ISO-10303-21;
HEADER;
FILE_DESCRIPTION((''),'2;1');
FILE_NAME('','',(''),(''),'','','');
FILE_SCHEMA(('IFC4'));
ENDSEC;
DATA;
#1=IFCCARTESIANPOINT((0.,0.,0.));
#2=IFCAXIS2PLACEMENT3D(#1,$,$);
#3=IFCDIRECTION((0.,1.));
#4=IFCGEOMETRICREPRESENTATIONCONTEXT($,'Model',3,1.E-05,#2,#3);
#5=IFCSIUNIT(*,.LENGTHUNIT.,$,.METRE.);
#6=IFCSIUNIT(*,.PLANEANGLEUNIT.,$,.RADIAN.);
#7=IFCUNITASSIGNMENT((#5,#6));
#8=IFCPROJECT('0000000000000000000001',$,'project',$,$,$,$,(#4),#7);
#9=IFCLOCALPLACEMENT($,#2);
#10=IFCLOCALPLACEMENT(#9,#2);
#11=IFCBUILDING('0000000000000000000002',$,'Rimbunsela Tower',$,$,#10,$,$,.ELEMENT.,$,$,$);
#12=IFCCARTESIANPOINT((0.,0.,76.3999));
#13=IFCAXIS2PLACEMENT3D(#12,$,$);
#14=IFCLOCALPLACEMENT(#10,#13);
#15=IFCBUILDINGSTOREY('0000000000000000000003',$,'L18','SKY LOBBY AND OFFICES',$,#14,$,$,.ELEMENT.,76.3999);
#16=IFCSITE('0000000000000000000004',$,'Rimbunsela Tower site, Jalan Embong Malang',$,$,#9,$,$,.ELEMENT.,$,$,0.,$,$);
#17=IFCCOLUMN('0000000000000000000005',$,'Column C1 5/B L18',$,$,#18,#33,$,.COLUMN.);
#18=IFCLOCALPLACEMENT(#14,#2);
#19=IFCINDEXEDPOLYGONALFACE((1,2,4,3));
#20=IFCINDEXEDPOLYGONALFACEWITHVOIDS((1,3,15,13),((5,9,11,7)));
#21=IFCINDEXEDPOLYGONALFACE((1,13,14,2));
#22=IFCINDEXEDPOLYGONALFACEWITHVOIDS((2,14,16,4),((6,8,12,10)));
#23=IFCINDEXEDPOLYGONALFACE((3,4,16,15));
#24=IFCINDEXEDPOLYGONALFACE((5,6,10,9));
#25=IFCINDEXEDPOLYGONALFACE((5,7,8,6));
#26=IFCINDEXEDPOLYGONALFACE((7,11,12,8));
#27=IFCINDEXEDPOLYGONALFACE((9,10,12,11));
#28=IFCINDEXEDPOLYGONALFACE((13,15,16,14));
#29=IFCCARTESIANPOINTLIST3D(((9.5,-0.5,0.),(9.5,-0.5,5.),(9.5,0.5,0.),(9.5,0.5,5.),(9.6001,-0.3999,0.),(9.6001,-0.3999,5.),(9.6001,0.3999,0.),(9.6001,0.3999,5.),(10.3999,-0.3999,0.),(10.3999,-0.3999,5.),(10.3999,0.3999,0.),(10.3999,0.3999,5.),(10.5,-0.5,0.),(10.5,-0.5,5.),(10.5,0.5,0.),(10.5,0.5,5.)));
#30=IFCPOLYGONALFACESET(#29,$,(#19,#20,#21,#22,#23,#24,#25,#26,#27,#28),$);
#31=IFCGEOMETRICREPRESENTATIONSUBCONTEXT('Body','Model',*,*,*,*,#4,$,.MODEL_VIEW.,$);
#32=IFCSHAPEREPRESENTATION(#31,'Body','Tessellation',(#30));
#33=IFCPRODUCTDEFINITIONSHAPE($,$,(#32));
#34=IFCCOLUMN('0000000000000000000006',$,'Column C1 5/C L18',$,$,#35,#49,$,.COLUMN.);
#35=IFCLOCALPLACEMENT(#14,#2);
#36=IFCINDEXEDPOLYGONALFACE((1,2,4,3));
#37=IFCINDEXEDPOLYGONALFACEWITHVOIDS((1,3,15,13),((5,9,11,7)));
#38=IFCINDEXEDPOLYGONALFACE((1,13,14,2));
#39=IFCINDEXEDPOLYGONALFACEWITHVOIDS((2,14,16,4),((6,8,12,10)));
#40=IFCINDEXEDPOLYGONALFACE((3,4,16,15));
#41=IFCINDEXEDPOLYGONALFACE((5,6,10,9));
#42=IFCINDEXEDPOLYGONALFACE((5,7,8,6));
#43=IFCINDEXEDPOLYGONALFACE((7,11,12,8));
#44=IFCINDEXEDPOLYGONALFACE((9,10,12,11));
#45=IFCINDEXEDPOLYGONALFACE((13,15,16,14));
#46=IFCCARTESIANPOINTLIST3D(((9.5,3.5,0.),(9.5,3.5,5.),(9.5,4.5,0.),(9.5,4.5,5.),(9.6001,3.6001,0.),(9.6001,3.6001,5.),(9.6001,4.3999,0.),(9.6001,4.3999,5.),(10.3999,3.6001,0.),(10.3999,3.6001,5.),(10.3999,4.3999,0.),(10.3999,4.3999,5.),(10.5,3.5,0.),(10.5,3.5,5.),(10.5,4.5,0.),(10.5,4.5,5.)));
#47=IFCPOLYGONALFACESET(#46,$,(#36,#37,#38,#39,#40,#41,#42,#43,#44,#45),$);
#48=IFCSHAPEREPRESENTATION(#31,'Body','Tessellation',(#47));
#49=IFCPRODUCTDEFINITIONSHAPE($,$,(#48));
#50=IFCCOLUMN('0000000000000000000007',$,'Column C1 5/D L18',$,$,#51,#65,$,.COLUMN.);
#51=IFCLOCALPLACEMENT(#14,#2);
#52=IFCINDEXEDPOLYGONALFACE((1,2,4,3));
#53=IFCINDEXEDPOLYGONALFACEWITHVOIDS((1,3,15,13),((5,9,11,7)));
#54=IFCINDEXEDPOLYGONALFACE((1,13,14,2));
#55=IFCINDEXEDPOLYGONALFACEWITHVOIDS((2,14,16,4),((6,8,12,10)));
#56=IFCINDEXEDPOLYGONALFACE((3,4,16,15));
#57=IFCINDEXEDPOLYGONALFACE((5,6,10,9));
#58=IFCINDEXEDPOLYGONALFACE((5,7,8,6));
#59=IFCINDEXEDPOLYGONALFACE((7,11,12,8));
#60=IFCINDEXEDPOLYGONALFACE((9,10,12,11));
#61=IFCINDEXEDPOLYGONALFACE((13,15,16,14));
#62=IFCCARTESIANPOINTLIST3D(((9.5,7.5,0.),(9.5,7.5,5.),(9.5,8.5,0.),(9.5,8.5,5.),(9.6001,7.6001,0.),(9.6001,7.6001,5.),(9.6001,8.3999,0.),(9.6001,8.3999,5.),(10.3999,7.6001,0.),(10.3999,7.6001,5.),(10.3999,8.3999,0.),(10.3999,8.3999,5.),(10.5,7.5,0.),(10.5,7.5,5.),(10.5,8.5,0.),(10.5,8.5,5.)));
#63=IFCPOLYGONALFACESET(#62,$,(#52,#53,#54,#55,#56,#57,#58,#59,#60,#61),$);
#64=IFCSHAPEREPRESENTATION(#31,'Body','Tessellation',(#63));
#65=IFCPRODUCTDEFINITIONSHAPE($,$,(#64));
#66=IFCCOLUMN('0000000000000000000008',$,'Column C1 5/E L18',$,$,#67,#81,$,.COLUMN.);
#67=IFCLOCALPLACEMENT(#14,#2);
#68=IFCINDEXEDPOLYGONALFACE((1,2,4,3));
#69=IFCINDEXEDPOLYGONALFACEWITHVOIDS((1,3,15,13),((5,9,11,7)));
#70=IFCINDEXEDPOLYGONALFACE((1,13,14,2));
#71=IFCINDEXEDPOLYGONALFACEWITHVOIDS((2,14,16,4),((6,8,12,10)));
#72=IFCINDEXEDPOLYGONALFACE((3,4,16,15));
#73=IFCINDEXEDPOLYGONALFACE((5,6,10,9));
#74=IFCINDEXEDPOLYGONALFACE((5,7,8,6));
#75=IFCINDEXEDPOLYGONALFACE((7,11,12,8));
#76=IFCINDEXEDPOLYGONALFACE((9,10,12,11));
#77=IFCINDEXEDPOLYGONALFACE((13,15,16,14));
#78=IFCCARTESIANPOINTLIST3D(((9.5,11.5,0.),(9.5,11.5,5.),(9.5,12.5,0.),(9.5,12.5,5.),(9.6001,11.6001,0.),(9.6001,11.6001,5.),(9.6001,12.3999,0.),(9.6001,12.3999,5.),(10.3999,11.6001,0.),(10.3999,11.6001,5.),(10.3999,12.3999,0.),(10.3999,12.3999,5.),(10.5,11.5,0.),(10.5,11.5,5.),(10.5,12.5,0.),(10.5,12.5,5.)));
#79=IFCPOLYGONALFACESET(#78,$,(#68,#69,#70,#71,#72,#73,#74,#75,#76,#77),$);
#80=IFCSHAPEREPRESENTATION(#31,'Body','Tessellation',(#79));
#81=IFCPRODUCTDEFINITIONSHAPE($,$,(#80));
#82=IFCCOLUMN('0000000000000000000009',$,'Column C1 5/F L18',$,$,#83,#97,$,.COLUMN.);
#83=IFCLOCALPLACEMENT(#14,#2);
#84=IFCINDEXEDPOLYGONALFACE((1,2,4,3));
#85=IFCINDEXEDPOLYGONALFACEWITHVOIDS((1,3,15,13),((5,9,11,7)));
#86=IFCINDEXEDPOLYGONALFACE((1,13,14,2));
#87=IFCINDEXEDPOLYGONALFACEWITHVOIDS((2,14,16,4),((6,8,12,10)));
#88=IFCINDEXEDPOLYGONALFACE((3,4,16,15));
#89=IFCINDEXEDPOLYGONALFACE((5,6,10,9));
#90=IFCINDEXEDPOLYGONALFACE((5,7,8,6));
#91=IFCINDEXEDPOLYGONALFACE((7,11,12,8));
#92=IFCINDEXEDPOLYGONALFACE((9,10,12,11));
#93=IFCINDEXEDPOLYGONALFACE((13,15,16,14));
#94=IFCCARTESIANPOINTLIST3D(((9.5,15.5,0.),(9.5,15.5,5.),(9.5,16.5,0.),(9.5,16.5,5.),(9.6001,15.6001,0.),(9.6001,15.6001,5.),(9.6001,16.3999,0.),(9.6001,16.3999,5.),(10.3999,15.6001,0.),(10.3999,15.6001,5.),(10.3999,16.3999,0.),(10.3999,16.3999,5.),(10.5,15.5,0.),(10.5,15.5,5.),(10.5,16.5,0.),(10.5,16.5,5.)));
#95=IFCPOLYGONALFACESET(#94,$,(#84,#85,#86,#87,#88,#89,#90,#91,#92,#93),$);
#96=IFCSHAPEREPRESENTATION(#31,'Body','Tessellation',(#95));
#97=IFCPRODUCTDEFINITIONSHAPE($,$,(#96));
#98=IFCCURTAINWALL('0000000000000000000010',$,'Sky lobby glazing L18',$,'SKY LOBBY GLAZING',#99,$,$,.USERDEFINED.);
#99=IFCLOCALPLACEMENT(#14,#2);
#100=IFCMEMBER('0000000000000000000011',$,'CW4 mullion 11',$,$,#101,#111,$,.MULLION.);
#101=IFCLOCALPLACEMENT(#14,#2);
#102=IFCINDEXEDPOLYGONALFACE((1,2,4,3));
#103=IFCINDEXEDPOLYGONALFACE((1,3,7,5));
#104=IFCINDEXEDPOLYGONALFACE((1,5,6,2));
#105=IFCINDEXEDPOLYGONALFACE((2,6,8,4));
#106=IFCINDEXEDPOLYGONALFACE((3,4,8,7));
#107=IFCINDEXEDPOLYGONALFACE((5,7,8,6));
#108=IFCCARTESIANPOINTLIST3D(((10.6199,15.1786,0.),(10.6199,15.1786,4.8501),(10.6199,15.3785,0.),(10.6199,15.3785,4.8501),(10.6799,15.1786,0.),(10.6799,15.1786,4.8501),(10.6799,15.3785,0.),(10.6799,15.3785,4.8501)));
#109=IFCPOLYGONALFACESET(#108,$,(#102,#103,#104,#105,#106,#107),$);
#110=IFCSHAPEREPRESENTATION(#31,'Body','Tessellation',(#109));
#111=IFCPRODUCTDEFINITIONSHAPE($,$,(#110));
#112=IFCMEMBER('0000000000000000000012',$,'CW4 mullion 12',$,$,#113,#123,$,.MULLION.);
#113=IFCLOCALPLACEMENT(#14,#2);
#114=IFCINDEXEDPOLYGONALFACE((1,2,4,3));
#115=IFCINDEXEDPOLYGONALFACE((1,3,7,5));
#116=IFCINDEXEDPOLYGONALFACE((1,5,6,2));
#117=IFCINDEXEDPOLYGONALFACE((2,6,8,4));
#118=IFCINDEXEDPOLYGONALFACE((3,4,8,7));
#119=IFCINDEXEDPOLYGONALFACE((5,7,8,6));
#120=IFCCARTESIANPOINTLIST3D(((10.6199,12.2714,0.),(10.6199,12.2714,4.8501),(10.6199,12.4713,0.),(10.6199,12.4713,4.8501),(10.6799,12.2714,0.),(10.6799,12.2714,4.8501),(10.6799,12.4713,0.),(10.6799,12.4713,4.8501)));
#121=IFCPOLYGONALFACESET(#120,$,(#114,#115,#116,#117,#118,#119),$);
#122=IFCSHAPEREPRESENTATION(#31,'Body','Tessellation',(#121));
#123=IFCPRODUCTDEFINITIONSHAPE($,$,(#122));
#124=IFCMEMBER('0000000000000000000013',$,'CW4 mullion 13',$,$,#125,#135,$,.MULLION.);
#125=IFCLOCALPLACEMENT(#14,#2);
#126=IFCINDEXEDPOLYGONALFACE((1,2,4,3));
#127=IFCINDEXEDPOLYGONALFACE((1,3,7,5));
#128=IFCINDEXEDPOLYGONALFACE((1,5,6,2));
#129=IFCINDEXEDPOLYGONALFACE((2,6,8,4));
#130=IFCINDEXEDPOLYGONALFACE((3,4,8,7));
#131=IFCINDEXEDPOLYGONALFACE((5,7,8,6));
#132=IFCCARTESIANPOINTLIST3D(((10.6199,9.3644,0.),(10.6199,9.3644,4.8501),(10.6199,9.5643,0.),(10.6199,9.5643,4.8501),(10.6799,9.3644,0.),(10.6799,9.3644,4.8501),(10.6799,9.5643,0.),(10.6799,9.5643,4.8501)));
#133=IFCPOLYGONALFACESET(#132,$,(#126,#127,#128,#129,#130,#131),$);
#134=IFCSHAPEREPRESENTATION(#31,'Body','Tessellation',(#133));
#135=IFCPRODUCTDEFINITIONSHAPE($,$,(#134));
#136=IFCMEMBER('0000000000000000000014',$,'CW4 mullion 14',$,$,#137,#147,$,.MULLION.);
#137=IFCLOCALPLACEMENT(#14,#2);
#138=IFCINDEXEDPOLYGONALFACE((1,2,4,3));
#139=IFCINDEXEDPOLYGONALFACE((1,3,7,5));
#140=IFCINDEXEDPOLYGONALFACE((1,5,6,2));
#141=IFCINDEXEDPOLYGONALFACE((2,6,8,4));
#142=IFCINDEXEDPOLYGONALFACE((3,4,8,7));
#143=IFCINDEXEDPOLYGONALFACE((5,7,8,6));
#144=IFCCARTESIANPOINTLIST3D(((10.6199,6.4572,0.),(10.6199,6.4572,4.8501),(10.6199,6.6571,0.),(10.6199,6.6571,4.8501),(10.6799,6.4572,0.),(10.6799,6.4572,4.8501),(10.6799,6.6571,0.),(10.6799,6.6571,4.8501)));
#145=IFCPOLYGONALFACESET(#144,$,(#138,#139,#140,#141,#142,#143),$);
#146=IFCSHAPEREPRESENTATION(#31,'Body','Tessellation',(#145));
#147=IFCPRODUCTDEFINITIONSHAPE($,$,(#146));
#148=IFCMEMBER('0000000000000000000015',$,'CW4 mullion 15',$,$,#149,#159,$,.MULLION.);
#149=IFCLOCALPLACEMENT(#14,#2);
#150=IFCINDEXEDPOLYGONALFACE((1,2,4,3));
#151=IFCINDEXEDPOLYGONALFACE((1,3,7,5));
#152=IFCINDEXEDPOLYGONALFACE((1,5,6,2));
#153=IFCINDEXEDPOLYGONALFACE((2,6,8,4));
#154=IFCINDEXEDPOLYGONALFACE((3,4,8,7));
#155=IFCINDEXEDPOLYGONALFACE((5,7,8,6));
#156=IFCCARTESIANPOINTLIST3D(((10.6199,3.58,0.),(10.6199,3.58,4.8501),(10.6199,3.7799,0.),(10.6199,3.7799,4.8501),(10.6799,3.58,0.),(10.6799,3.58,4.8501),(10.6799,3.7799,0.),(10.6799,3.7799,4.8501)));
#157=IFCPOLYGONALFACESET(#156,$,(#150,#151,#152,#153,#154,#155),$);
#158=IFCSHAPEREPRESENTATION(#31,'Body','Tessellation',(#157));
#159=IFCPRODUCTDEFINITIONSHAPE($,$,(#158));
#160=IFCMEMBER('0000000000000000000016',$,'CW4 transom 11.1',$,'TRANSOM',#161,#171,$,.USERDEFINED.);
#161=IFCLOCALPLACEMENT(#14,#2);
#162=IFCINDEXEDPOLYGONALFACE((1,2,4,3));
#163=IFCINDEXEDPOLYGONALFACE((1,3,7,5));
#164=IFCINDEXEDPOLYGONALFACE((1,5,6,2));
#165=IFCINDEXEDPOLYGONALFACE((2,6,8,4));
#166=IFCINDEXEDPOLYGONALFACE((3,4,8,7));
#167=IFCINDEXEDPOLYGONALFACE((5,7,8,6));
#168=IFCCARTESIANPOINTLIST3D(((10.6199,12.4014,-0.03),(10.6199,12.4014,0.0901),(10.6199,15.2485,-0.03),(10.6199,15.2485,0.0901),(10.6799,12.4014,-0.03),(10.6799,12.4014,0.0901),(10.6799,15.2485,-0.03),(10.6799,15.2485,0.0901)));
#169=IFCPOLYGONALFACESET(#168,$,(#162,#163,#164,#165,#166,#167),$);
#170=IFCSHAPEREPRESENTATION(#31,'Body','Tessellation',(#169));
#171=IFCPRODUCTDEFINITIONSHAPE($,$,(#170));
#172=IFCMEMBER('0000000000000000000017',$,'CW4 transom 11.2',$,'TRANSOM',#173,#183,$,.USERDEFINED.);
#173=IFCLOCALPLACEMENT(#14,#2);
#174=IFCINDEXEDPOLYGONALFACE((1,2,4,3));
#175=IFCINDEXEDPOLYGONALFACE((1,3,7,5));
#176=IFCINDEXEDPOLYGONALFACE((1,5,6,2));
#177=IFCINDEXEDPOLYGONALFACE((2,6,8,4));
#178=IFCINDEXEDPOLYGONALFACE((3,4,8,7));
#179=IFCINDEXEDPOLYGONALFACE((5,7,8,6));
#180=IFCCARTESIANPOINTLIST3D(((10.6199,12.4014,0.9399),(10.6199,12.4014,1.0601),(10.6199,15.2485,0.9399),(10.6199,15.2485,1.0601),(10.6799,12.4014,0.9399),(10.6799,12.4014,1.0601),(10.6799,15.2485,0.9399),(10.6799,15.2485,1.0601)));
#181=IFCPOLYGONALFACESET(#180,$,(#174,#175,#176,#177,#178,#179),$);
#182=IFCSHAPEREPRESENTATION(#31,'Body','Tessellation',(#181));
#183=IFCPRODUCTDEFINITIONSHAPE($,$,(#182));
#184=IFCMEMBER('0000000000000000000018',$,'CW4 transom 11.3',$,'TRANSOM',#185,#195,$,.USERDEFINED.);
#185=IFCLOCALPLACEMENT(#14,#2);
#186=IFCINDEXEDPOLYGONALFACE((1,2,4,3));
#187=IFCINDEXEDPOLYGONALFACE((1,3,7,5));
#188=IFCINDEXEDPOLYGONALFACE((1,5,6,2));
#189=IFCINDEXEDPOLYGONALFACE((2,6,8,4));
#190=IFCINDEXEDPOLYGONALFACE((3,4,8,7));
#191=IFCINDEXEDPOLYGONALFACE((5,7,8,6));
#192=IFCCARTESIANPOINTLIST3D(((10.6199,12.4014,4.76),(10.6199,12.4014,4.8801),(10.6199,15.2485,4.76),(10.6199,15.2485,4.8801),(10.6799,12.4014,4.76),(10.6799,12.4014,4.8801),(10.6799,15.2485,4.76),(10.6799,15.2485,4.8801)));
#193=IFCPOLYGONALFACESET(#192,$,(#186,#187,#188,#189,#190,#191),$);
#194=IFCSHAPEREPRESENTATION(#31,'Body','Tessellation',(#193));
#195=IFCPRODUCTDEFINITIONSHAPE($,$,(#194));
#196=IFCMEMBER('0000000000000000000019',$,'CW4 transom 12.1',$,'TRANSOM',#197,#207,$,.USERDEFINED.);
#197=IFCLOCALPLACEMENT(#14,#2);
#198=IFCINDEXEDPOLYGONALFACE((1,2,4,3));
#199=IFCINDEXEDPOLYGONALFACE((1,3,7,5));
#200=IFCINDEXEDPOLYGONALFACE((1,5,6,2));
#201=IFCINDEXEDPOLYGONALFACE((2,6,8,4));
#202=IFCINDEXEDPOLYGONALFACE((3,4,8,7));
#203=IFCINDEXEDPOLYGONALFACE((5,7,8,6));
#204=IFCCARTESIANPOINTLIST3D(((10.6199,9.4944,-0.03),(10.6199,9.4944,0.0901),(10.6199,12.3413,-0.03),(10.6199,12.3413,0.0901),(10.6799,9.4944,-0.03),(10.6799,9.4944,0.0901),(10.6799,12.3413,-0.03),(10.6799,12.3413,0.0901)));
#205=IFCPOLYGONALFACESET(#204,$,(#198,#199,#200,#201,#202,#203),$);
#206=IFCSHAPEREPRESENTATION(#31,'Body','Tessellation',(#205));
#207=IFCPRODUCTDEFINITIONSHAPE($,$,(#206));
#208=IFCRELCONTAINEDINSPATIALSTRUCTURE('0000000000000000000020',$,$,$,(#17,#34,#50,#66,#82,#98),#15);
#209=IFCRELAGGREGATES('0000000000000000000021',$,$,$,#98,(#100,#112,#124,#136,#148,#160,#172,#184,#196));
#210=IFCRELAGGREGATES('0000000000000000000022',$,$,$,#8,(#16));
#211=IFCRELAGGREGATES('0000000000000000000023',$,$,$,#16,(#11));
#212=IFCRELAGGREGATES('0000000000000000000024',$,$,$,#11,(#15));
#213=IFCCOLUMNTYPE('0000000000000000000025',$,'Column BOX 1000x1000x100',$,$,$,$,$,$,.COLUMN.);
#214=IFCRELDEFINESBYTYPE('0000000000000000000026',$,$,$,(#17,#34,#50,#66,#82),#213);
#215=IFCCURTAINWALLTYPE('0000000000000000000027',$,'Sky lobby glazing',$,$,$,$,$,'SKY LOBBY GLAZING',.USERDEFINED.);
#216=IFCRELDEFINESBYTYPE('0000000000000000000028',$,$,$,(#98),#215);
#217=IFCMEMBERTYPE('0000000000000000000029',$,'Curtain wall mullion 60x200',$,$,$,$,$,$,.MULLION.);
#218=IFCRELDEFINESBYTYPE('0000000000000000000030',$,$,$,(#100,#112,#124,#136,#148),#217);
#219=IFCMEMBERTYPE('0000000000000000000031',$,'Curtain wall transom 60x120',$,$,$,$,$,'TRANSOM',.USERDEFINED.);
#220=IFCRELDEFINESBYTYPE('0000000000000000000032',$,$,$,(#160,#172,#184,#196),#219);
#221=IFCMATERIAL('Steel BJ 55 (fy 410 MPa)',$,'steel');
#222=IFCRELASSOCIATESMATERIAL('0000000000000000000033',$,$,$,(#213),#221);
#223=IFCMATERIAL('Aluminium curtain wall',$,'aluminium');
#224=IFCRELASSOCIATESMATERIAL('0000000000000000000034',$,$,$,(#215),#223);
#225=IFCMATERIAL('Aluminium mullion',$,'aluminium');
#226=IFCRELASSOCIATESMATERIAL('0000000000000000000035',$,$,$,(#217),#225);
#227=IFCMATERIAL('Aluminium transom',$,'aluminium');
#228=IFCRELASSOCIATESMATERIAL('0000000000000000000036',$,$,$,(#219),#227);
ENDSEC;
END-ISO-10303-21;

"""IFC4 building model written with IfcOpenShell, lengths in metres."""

from ifc_helpers import new_model, si_unit, direction, frame, origin, origin_2d, place, context, subcontext, project, spatial, rectangle, hollow_rectangle, extrude, material, material_profile, profile_set, type_object, element, aggregate, save


model = new_model("IFC4")

# Units and contexts
model_context = context("Model", 3, precision=1e-05, world=origin(), true_north=direction((0.0, 1.0)))
body_context = subcontext(model_context, "Body", "Model", "MODEL_VIEW")
ifc_project = project(units=[si_unit("LENGTHUNIT", "METRE"), si_unit("PLANEANGLEUNIT", "RADIAN")], contexts=[model_context])

# Site, building, storey
site_placement = place(None, origin())
site = spatial("IfcSite", under=ifc_project, at=site_placement, Name="Rimbunsela Tower site, Jalan Embong Malang", CompositionType="ELEMENT", RefElevation=0.0)
building_placement = place(site_placement, origin())
building = spatial("IfcBuilding", under=site, at=building_placement, Name="Rimbunsela Tower", CompositionType="ELEMENT")
storey_placement = place(building_placement, frame((0.0, 0.0, 76.3999)))
storey = spatial("IfcBuildingStorey", under=building, at=storey_placement, Name="L18", Description="SKY LOBBY AND OFFICES", CompositionType="ELEMENT", Elevation=76.3999)

# Columns
ifc_material_1 = material(Name="Steel BJ 55 (fy 410 MPa)", Category="steel")
ifc_material_profile_1 = material_profile(ifc_material_1, hollow_rectangle(XDim=1.0, YDim=1.0, WallThickness=0.1001, at=origin_2d()), Name="BOX 1000x1000x100")
ifc_profile_set_1 = profile_set([ifc_material_profile_1], Name="Steel BJ 55 (fy 410 MPa)")
column_type = type_object("IfcColumnType", Name="Column BOX 1000x1000x100", PredefinedType="COLUMN", material=ifc_profile_set_1)
for number, where, z_axis, x_axis, name in (
    (1, (10.0, 0.0, 0.0), (0.0, 0.0, 1.0), (1.0, 0.0, 0.0), "Column C1 5/B L18"),
    (2, (10.0, 4.0, 0.0), (0.0, 0.0, 1.0), (1.0, 0.0, 0.0), "Column C1 5/C L18"),
    (3, (10.0, 8.0, 0.0), (0.0, 0.0, 1.0), (1.0, 0.0, 0.0), "Column C1 5/D L18"),
    (4, (10.0, 12.0, 0.0), (0.0, 0.0, 1.0), (1.0, 0.0, 0.0), "Column C1 5/E L18"),
    (5, (10.0, 16.0, 0.0), (0.0, 0.0, 1.0), (1.0, 0.0, 0.0), "Column C1 5/F L18"),
):
    element("IfcColumn", number, at=place(storey_placement, frame(where, z_axis=z_axis, x_axis=x_axis)), inside=storey, type_object=column_type, Name=name, PredefinedType="COLUMN", context=body_context, shape_type="SweptSolid", body=[
        extrude(hollow_rectangle(XDim=1.0, YDim=1.0, WallThickness=0.1001, at=origin_2d()), origin(), (0.0, 0.0, 1.0), 5.0),
    ])

# Curtain wall, members
ifc_material_2 = material(Name="Aluminium curtain wall", Category="aluminium")
curtain_wall_type = type_object("IfcCurtainWallType", Name="Sky lobby glazing", ElementType="SKY LOBBY GLAZING", PredefinedType="USERDEFINED", material=ifc_material_2)
curtain_wall_placement = place(storey_placement, origin())
curtain_wall = element("IfcCurtainWall", 6, at=curtain_wall_placement, inside=storey, type_object=curtain_wall_type, Name="Sky lobby glazing L18", ObjectType="SKY LOBBY GLAZING", PredefinedType="USERDEFINED")
ifc_material_3 = material(Name="Aluminium mullion", Category="aluminium")
ifc_material_profile_2 = material_profile(ifc_material_3, rectangle(XDim=0.0601, YDim=0.2, at=origin_2d()), Name="Mullion 60x200")
ifc_profile_set_2 = profile_set([ifc_material_profile_2], Name="Aluminium mullion")
member_type_1 = type_object("IfcMemberType", Name="Curtain wall mullion 60x200", PredefinedType="MULLION", material=ifc_profile_set_2)
member_1_placement = place(storey_placement, frame((10.6499, 15.2786, 0.0), z_axis=(0.0, 0.0, 1.0), x_axis=(1.0, 0.0, 0.0)))
member_1 = element("IfcMember", 7, at=member_1_placement, type_object=member_type_1, Name="CW4 mullion 11", PredefinedType="MULLION", context=body_context, shape_type="SweptSolid", body=[
    extrude(rectangle(XDim=0.0601, YDim=0.2, at=origin_2d()), origin(), (0.0, 0.0, 1.0), 4.8501),
])
member_2_placement = place(storey_placement, frame((10.6499, 12.3713, 0.0), z_axis=(0.0, 0.0, 1.0), x_axis=(1.0, 0.0, 0.0)))
member_2 = element("IfcMember", 8, at=member_2_placement, type_object=member_type_1, Name="CW4 mullion 12", PredefinedType="MULLION", context=body_context, shape_type="SweptSolid", body=[
    extrude(rectangle(XDim=0.0601, YDim=0.2, at=origin_2d()), origin(), (0.0, 0.0, 1.0), 4.8501),
])
member_3_placement = place(storey_placement, frame((10.6499, 9.4644, 0.0), z_axis=(0.0, 0.0, 1.0), x_axis=(1.0, 0.0, 0.0)))
member_3 = element("IfcMember", 9, at=member_3_placement, type_object=member_type_1, Name="CW4 mullion 13", PredefinedType="MULLION", context=body_context, shape_type="SweptSolid", body=[
    extrude(rectangle(XDim=0.0601, YDim=0.2, at=origin_2d()), origin(), (0.0, 0.0, 1.0), 4.8501),
])
member_4_placement = place(storey_placement, frame((10.6499, 6.5571, 0.0), z_axis=(0.0, 0.0, 1.0), x_axis=(1.0, 0.0, 0.0)))
member_4 = element("IfcMember", 10, at=member_4_placement, type_object=member_type_1, Name="CW4 mullion 14", PredefinedType="MULLION", context=body_context, shape_type="SweptSolid", body=[
    extrude(rectangle(XDim=0.0601, YDim=0.2, at=origin_2d()), origin(), (0.0, 0.0, 1.0), 4.8501),
])
member_5_placement = place(storey_placement, frame((10.6499, 3.6799, 0.0), z_axis=(0.0, 0.0, 1.0), x_axis=(1.0, 0.0, 0.0)))
member_5 = element("IfcMember", 11, at=member_5_placement, type_object=member_type_1, Name="CW4 mullion 15", PredefinedType="MULLION", context=body_context, shape_type="SweptSolid", body=[
    extrude(rectangle(XDim=0.0601, YDim=0.2, at=origin_2d()), origin(), (0.0, 0.0, 1.0), 4.8501),
])
ifc_material_4 = material(Name="Aluminium transom", Category="aluminium")
ifc_material_profile_3 = material_profile(ifc_material_4, rectangle(XDim=0.0601, YDim=0.1201, at=origin_2d()), Name="Transom 60x120")
ifc_profile_set_3 = profile_set([ifc_material_profile_3], Name="Aluminium transom")
member_type_2 = type_object("IfcMemberType", Name="Curtain wall transom 60x120", ElementType="TRANSOM", PredefinedType="USERDEFINED", material=ifc_profile_set_3)
member_6_placement = place(storey_placement, frame((10.6499, 15.2485, 0.03), z_axis=(0.0, -1.0, 0.0), x_axis=(1.0, 0.0, 0.0)))
member_6 = element("IfcMember", 12, at=member_6_placement, type_object=member_type_2, Name="CW4 transom 11.1", ObjectType="TRANSOM", PredefinedType="USERDEFINED", context=body_context, shape_type="SweptSolid", body=[
    extrude(rectangle(XDim=0.0601, YDim=0.1201, at=origin_2d()), origin(), (0.0, 0.0, 1.0), 2.8472),
])
member_7_placement = place(storey_placement, frame((10.6499, 15.2485, 1.0), z_axis=(0.0, -1.0, 0.0), x_axis=(1.0, 0.0, 0.0)))
member_7 = element("IfcMember", 13, at=member_7_placement, type_object=member_type_2, Name="CW4 transom 11.2", ObjectType="TRANSOM", PredefinedType="USERDEFINED", context=body_context, shape_type="SweptSolid", body=[
    extrude(rectangle(XDim=0.0601, YDim=0.1201, at=origin_2d()), origin(), (0.0, 0.0, 1.0), 2.8472),
])
member_8_placement = place(storey_placement, frame((10.6499, 15.2485, 4.8201), z_axis=(0.0, -1.0, 0.0), x_axis=(1.0, 0.0, 0.0)))
member_8 = element("IfcMember", 14, at=member_8_placement, type_object=member_type_2, Name="CW4 transom 11.3", ObjectType="TRANSOM", PredefinedType="USERDEFINED", context=body_context, shape_type="SweptSolid", body=[
    extrude(rectangle(XDim=0.0601, YDim=0.1201, at=origin_2d()), origin(), (0.0, 0.0, 1.0), 2.8472),
])
member_9_placement = place(storey_placement, frame((10.6499, 12.3413, 0.03), z_axis=(0.0, -1.0, 0.0), x_axis=(1.0, 0.0, 0.0)))
member_9 = element("IfcMember", 15, at=member_9_placement, type_object=member_type_2, Name="CW4 transom 12.1", ObjectType="TRANSOM", PredefinedType="USERDEFINED", context=body_context, shape_type="SweptSolid", body=[
    extrude(rectangle(XDim=0.0601, YDim=0.1201, at=origin_2d()), origin(), (0.0, 0.0, 1.0), 2.8469),
])
aggregate(curtain_wall, [member_1, member_2, member_3, member_4, member_5, member_6, member_7, member_8, member_9])

save(model, "model.ifc")
